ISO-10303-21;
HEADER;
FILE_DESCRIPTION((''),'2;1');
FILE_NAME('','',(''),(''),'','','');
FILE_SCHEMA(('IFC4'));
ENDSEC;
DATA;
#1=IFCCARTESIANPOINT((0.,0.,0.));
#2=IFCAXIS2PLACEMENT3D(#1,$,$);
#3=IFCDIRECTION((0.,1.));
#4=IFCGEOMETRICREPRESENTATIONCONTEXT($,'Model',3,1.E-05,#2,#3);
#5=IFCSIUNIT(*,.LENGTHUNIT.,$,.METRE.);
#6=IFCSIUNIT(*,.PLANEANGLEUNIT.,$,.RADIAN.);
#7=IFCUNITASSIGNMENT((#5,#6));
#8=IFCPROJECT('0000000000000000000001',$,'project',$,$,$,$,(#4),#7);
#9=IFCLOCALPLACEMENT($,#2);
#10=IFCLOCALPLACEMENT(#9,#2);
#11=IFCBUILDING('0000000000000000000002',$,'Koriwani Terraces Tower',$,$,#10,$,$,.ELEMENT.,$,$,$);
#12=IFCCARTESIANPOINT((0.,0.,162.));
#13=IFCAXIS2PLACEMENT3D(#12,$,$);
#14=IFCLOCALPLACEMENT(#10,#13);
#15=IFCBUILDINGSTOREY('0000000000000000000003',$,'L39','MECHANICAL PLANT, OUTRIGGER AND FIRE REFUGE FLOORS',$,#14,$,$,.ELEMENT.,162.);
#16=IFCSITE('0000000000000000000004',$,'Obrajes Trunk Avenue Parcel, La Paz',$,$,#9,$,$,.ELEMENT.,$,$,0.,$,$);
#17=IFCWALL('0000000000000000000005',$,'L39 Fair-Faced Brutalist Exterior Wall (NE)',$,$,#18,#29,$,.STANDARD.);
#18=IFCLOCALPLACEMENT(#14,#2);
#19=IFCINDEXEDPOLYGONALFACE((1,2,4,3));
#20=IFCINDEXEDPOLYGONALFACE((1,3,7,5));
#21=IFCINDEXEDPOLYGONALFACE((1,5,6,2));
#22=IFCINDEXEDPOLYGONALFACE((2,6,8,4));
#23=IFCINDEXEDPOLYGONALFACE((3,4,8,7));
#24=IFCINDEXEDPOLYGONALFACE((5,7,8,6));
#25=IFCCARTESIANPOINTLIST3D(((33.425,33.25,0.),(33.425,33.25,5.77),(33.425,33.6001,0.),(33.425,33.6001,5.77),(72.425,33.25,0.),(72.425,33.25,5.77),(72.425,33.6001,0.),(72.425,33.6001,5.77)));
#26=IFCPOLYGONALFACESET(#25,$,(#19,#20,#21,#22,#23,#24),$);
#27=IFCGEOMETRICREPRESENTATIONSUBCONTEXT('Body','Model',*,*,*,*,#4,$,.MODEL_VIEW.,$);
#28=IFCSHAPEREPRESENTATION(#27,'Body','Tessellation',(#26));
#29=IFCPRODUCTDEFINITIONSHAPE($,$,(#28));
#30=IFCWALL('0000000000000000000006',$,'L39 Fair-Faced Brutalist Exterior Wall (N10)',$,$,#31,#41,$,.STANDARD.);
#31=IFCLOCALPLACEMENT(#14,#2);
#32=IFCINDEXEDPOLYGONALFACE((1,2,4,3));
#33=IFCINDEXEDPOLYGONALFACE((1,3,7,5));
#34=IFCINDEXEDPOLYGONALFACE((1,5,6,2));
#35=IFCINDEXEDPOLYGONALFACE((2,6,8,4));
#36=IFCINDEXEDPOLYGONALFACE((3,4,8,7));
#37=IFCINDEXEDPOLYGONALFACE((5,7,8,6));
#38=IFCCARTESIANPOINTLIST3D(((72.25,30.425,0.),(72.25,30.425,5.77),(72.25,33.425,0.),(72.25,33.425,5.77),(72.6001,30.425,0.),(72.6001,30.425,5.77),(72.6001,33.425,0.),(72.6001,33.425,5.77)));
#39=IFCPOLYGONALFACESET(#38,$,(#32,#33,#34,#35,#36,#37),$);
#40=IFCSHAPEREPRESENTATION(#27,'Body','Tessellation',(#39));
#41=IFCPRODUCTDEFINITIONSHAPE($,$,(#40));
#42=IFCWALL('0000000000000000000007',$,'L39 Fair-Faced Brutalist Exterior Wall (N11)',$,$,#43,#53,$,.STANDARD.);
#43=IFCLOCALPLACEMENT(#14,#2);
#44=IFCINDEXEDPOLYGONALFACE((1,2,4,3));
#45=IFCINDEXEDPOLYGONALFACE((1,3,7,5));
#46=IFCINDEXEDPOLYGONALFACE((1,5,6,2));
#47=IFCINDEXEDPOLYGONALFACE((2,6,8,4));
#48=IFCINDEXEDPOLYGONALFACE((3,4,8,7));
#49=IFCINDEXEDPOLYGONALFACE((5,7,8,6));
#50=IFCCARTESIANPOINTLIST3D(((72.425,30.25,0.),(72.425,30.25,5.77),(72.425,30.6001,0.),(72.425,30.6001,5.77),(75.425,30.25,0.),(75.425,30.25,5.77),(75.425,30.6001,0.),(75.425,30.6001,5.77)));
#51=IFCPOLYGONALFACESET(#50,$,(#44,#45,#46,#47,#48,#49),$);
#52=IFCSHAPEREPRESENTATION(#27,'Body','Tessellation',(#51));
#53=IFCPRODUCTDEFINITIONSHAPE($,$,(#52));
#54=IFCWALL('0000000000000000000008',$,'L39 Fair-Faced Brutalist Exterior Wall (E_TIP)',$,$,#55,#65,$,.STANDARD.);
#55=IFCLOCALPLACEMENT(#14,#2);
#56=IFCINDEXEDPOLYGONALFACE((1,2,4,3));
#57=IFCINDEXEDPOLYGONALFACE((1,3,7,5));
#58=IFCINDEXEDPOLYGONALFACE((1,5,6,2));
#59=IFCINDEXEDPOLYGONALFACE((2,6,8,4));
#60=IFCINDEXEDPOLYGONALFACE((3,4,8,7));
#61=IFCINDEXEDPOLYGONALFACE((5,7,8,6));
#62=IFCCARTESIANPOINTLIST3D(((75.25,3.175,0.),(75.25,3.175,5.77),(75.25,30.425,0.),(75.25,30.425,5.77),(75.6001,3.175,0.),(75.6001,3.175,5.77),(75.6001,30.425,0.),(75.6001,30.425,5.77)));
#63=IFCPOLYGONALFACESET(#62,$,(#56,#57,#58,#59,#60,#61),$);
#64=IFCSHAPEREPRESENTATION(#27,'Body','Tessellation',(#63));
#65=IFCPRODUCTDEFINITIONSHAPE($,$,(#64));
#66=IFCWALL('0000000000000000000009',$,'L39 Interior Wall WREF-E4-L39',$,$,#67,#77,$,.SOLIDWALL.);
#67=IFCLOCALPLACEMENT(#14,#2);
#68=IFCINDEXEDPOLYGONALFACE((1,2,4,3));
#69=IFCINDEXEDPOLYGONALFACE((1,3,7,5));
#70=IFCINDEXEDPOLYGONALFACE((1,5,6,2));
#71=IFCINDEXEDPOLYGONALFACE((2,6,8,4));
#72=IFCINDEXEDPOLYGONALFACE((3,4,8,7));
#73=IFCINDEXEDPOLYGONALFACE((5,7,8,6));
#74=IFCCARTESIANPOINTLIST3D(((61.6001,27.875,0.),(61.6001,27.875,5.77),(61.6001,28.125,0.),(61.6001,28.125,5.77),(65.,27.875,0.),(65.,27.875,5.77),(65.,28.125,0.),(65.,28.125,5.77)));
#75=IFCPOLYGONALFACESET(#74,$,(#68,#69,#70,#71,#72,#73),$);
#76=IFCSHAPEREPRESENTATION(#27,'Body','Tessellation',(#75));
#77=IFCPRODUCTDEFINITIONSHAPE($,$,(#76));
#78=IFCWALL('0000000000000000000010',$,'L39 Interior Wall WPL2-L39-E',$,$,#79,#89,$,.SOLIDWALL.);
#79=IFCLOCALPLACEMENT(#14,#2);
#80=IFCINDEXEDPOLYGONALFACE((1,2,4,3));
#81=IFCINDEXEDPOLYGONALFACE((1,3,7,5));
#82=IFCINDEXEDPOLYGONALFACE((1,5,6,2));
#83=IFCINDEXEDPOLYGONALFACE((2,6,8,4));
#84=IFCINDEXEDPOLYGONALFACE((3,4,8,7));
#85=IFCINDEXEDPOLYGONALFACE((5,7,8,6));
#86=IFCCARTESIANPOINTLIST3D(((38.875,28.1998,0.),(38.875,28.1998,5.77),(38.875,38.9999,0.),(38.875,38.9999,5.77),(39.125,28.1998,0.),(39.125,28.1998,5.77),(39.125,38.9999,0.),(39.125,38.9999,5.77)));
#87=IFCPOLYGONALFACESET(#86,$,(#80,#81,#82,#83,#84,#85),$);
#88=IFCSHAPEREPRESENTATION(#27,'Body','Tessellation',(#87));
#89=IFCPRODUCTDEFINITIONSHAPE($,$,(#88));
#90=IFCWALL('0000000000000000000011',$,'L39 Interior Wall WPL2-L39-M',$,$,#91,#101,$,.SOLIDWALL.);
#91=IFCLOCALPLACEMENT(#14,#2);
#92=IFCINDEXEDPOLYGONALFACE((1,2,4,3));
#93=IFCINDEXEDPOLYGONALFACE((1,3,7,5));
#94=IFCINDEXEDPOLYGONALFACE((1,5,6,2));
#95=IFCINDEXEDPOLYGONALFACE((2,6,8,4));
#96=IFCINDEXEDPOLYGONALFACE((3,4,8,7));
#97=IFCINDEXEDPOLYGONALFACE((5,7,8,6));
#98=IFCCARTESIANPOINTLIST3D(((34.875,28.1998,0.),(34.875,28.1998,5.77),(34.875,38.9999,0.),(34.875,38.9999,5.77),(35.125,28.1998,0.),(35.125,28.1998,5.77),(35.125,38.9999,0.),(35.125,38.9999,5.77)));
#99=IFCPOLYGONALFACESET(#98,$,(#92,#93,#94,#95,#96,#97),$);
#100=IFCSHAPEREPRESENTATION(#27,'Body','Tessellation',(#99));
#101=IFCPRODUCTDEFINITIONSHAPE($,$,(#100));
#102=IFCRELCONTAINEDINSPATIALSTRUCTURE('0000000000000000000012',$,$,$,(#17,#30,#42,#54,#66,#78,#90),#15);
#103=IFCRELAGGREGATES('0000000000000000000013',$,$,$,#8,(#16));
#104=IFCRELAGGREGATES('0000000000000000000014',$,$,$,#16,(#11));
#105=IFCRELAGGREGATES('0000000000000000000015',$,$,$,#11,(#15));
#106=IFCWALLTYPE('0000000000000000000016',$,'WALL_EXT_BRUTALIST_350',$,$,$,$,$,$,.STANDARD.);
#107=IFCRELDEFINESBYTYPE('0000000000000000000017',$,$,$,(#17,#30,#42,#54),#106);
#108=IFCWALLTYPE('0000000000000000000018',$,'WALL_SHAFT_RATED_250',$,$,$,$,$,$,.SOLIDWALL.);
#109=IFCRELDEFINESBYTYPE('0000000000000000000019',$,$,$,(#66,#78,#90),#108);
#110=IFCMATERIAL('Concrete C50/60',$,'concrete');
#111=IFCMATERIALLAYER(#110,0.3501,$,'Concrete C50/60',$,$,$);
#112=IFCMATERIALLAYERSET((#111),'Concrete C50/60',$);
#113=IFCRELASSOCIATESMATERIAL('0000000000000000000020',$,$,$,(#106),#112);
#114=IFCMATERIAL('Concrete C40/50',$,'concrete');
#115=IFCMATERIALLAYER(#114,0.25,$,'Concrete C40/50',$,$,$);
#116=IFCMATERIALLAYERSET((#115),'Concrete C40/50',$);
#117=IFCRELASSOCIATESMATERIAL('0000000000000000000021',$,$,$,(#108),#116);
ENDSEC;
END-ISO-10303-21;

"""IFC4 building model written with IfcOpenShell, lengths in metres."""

from ifc_helpers import new_model, si_unit, direction, frame, frame_2d, origin, place, context, subcontext, project, spatial, rectangle, extrude, material, layer, layer_set, type_object, element, save


model = new_model("IFC4")

# Units and contexts
model_context = context("Model", 3, precision=1e-05, world=origin(), true_north=direction((0.0, 1.0)))
body_context = subcontext(model_context, "Body", "Model", "MODEL_VIEW")
ifc_project = project(units=[si_unit("LENGTHUNIT", "METRE"), si_unit("PLANEANGLEUNIT", "RADIAN")], contexts=[model_context])

# Site, building, storey
site_placement = place(None, origin())
site = spatial("IfcSite", under=ifc_project, at=site_placement, Name="Obrajes Trunk Avenue Parcel, La Paz", CompositionType="ELEMENT", RefElevation=0.0)
building_placement = place(site_placement, origin())
building = spatial("IfcBuilding", under=site, at=building_placement, Name="Koriwani Terraces Tower", CompositionType="ELEMENT")
storey_placement = place(building_placement, frame((0.0, 0.0, 162.0)))
storey = spatial("IfcBuildingStorey", under=building, at=storey_placement, Name="L39", Description="MECHANICAL PLANT, OUTRIGGER AND FIRE REFUGE FLOORS", CompositionType="ELEMENT", Elevation=162.0)

# Shared definitions
ifc_material_1 = material(Name="Concrete C50/60", Category="concrete")

# Walls
ifc_layer_1 = layer(ifc_material_1, 0.3501, Name="Concrete C50/60")
ifc_layer_set_1 = layer_set([ifc_layer_1], Name="Concrete C50/60")
wall_type_1 = type_object("IfcWallType", Name="WALL_EXT_BRUTALIST_350", PredefinedType="STANDARD", material=ifc_layer_set_1)
for number, where, z_axis, x_axis, name in (
    (1, (33.425, 33.425, 0.0), (0.0, 0.0, 1.0), (1.0, 0.0, 0.0), "L39 Fair-Faced Brutalist Exterior Wall (NE)"),
):
    element("IfcWall", number, at=place(storey_placement, frame(where, z_axis=z_axis, x_axis=x_axis)), inside=storey, type_object=wall_type_1, Name=name, PredefinedType="STANDARD", context=body_context, shape_type="SweptSolid", body=[
        extrude(rectangle(XDim=39.0, YDim=0.3501, at=frame_2d((19.5, 0.0))), origin(), (0.0, 0.0, 1.0), 5.77),
    ])
for number, where, z_axis, x_axis, name in (
    (2, (72.425, 33.425, 0.0), (0.0, 0.0, 1.0), (0.0, -1.0, 0.0), "L39 Fair-Faced Brutalist Exterior Wall (N10)"),
    (3, (72.425, 30.425, 0.0), (0.0, 0.0, 1.0), (1.0, 0.0, 0.0), "L39 Fair-Faced Brutalist Exterior Wall (N11)"),
):
    element("IfcWall", number, at=place(storey_placement, frame(where, z_axis=z_axis, x_axis=x_axis)), inside=storey, type_object=wall_type_1, Name=name, PredefinedType="STANDARD", context=body_context, shape_type="SweptSolid", body=[
        extrude(rectangle(XDim=3.0, YDim=0.3501, at=frame_2d((1.5, 0.0))), origin(), (0.0, 0.0, 1.0), 5.77),
    ])
wall_1_placement = place(storey_placement, frame((75.425, 30.425, 0.0), z_axis=(0.0, 0.0, 1.0), x_axis=(0.0, -1.0, 0.0)))
element("IfcWall", 4, at=wall_1_placement, inside=storey, type_object=wall_type_1, Name="L39 Fair-Faced Brutalist Exterior Wall (E_TIP)", PredefinedType="STANDARD", context=body_context, shape_type="SweptSolid", body=[
    extrude(rectangle(XDim=27.25, YDim=0.3501, at=frame_2d((13.625, 0.0))), origin(), (0.0, 0.0, 1.0), 5.77),
])
ifc_material_2 = material(Name="Concrete C40/50", Category="concrete")
ifc_layer_2 = layer(ifc_material_2, 0.25, Name="Concrete C40/50")
ifc_layer_set_2 = layer_set([ifc_layer_2], Name="Concrete C40/50")
wall_type_2 = type_object("IfcWallType", Name="WALL_SHAFT_RATED_250", PredefinedType="SOLIDWALL", material=ifc_layer_set_2)
wall_2_placement = place(storey_placement, frame((61.6001, 28.0, 0.0), z_axis=(0.0, 0.0, 1.0), x_axis=(1.0, 0.0, 0.0)))
element("IfcWall", 5, at=wall_2_placement, inside=storey, type_object=wall_type_2, Name="L39 Interior Wall WREF-E4-L39", PredefinedType="SOLIDWALL", context=body_context, shape_type="SweptSolid", body=[
    extrude(rectangle(XDim=3.3999, YDim=0.25, at=frame_2d((1.7, 0.0))), origin(), (0.0, 0.0, 1.0), 5.77),
])
for number, where, z_axis, x_axis, name in (
    (6, (39.0, 28.2, 0.0), (0.0, 0.0, 1.0), (0.0, 1.0, 0.0), "L39 Interior Wall WPL2-L39-E"),
    (7, (35.0, 28.2, 0.0), (0.0, 0.0, 1.0), (0.0, 1.0, 0.0), "L39 Interior Wall WPL2-L39-M"),
):
    element("IfcWall", number, at=place(storey_placement, frame(where, z_axis=z_axis, x_axis=x_axis)), inside=storey, type_object=wall_type_2, Name=name, PredefinedType="SOLIDWALL", context=body_context, shape_type="SweptSolid", body=[
        extrude(rectangle(XDim=10.8, YDim=0.25, at=frame_2d((5.3999, 0.0))), origin(), (0.0, 0.0, 1.0), 5.77),
    ])

save(model, "model.ifc")
